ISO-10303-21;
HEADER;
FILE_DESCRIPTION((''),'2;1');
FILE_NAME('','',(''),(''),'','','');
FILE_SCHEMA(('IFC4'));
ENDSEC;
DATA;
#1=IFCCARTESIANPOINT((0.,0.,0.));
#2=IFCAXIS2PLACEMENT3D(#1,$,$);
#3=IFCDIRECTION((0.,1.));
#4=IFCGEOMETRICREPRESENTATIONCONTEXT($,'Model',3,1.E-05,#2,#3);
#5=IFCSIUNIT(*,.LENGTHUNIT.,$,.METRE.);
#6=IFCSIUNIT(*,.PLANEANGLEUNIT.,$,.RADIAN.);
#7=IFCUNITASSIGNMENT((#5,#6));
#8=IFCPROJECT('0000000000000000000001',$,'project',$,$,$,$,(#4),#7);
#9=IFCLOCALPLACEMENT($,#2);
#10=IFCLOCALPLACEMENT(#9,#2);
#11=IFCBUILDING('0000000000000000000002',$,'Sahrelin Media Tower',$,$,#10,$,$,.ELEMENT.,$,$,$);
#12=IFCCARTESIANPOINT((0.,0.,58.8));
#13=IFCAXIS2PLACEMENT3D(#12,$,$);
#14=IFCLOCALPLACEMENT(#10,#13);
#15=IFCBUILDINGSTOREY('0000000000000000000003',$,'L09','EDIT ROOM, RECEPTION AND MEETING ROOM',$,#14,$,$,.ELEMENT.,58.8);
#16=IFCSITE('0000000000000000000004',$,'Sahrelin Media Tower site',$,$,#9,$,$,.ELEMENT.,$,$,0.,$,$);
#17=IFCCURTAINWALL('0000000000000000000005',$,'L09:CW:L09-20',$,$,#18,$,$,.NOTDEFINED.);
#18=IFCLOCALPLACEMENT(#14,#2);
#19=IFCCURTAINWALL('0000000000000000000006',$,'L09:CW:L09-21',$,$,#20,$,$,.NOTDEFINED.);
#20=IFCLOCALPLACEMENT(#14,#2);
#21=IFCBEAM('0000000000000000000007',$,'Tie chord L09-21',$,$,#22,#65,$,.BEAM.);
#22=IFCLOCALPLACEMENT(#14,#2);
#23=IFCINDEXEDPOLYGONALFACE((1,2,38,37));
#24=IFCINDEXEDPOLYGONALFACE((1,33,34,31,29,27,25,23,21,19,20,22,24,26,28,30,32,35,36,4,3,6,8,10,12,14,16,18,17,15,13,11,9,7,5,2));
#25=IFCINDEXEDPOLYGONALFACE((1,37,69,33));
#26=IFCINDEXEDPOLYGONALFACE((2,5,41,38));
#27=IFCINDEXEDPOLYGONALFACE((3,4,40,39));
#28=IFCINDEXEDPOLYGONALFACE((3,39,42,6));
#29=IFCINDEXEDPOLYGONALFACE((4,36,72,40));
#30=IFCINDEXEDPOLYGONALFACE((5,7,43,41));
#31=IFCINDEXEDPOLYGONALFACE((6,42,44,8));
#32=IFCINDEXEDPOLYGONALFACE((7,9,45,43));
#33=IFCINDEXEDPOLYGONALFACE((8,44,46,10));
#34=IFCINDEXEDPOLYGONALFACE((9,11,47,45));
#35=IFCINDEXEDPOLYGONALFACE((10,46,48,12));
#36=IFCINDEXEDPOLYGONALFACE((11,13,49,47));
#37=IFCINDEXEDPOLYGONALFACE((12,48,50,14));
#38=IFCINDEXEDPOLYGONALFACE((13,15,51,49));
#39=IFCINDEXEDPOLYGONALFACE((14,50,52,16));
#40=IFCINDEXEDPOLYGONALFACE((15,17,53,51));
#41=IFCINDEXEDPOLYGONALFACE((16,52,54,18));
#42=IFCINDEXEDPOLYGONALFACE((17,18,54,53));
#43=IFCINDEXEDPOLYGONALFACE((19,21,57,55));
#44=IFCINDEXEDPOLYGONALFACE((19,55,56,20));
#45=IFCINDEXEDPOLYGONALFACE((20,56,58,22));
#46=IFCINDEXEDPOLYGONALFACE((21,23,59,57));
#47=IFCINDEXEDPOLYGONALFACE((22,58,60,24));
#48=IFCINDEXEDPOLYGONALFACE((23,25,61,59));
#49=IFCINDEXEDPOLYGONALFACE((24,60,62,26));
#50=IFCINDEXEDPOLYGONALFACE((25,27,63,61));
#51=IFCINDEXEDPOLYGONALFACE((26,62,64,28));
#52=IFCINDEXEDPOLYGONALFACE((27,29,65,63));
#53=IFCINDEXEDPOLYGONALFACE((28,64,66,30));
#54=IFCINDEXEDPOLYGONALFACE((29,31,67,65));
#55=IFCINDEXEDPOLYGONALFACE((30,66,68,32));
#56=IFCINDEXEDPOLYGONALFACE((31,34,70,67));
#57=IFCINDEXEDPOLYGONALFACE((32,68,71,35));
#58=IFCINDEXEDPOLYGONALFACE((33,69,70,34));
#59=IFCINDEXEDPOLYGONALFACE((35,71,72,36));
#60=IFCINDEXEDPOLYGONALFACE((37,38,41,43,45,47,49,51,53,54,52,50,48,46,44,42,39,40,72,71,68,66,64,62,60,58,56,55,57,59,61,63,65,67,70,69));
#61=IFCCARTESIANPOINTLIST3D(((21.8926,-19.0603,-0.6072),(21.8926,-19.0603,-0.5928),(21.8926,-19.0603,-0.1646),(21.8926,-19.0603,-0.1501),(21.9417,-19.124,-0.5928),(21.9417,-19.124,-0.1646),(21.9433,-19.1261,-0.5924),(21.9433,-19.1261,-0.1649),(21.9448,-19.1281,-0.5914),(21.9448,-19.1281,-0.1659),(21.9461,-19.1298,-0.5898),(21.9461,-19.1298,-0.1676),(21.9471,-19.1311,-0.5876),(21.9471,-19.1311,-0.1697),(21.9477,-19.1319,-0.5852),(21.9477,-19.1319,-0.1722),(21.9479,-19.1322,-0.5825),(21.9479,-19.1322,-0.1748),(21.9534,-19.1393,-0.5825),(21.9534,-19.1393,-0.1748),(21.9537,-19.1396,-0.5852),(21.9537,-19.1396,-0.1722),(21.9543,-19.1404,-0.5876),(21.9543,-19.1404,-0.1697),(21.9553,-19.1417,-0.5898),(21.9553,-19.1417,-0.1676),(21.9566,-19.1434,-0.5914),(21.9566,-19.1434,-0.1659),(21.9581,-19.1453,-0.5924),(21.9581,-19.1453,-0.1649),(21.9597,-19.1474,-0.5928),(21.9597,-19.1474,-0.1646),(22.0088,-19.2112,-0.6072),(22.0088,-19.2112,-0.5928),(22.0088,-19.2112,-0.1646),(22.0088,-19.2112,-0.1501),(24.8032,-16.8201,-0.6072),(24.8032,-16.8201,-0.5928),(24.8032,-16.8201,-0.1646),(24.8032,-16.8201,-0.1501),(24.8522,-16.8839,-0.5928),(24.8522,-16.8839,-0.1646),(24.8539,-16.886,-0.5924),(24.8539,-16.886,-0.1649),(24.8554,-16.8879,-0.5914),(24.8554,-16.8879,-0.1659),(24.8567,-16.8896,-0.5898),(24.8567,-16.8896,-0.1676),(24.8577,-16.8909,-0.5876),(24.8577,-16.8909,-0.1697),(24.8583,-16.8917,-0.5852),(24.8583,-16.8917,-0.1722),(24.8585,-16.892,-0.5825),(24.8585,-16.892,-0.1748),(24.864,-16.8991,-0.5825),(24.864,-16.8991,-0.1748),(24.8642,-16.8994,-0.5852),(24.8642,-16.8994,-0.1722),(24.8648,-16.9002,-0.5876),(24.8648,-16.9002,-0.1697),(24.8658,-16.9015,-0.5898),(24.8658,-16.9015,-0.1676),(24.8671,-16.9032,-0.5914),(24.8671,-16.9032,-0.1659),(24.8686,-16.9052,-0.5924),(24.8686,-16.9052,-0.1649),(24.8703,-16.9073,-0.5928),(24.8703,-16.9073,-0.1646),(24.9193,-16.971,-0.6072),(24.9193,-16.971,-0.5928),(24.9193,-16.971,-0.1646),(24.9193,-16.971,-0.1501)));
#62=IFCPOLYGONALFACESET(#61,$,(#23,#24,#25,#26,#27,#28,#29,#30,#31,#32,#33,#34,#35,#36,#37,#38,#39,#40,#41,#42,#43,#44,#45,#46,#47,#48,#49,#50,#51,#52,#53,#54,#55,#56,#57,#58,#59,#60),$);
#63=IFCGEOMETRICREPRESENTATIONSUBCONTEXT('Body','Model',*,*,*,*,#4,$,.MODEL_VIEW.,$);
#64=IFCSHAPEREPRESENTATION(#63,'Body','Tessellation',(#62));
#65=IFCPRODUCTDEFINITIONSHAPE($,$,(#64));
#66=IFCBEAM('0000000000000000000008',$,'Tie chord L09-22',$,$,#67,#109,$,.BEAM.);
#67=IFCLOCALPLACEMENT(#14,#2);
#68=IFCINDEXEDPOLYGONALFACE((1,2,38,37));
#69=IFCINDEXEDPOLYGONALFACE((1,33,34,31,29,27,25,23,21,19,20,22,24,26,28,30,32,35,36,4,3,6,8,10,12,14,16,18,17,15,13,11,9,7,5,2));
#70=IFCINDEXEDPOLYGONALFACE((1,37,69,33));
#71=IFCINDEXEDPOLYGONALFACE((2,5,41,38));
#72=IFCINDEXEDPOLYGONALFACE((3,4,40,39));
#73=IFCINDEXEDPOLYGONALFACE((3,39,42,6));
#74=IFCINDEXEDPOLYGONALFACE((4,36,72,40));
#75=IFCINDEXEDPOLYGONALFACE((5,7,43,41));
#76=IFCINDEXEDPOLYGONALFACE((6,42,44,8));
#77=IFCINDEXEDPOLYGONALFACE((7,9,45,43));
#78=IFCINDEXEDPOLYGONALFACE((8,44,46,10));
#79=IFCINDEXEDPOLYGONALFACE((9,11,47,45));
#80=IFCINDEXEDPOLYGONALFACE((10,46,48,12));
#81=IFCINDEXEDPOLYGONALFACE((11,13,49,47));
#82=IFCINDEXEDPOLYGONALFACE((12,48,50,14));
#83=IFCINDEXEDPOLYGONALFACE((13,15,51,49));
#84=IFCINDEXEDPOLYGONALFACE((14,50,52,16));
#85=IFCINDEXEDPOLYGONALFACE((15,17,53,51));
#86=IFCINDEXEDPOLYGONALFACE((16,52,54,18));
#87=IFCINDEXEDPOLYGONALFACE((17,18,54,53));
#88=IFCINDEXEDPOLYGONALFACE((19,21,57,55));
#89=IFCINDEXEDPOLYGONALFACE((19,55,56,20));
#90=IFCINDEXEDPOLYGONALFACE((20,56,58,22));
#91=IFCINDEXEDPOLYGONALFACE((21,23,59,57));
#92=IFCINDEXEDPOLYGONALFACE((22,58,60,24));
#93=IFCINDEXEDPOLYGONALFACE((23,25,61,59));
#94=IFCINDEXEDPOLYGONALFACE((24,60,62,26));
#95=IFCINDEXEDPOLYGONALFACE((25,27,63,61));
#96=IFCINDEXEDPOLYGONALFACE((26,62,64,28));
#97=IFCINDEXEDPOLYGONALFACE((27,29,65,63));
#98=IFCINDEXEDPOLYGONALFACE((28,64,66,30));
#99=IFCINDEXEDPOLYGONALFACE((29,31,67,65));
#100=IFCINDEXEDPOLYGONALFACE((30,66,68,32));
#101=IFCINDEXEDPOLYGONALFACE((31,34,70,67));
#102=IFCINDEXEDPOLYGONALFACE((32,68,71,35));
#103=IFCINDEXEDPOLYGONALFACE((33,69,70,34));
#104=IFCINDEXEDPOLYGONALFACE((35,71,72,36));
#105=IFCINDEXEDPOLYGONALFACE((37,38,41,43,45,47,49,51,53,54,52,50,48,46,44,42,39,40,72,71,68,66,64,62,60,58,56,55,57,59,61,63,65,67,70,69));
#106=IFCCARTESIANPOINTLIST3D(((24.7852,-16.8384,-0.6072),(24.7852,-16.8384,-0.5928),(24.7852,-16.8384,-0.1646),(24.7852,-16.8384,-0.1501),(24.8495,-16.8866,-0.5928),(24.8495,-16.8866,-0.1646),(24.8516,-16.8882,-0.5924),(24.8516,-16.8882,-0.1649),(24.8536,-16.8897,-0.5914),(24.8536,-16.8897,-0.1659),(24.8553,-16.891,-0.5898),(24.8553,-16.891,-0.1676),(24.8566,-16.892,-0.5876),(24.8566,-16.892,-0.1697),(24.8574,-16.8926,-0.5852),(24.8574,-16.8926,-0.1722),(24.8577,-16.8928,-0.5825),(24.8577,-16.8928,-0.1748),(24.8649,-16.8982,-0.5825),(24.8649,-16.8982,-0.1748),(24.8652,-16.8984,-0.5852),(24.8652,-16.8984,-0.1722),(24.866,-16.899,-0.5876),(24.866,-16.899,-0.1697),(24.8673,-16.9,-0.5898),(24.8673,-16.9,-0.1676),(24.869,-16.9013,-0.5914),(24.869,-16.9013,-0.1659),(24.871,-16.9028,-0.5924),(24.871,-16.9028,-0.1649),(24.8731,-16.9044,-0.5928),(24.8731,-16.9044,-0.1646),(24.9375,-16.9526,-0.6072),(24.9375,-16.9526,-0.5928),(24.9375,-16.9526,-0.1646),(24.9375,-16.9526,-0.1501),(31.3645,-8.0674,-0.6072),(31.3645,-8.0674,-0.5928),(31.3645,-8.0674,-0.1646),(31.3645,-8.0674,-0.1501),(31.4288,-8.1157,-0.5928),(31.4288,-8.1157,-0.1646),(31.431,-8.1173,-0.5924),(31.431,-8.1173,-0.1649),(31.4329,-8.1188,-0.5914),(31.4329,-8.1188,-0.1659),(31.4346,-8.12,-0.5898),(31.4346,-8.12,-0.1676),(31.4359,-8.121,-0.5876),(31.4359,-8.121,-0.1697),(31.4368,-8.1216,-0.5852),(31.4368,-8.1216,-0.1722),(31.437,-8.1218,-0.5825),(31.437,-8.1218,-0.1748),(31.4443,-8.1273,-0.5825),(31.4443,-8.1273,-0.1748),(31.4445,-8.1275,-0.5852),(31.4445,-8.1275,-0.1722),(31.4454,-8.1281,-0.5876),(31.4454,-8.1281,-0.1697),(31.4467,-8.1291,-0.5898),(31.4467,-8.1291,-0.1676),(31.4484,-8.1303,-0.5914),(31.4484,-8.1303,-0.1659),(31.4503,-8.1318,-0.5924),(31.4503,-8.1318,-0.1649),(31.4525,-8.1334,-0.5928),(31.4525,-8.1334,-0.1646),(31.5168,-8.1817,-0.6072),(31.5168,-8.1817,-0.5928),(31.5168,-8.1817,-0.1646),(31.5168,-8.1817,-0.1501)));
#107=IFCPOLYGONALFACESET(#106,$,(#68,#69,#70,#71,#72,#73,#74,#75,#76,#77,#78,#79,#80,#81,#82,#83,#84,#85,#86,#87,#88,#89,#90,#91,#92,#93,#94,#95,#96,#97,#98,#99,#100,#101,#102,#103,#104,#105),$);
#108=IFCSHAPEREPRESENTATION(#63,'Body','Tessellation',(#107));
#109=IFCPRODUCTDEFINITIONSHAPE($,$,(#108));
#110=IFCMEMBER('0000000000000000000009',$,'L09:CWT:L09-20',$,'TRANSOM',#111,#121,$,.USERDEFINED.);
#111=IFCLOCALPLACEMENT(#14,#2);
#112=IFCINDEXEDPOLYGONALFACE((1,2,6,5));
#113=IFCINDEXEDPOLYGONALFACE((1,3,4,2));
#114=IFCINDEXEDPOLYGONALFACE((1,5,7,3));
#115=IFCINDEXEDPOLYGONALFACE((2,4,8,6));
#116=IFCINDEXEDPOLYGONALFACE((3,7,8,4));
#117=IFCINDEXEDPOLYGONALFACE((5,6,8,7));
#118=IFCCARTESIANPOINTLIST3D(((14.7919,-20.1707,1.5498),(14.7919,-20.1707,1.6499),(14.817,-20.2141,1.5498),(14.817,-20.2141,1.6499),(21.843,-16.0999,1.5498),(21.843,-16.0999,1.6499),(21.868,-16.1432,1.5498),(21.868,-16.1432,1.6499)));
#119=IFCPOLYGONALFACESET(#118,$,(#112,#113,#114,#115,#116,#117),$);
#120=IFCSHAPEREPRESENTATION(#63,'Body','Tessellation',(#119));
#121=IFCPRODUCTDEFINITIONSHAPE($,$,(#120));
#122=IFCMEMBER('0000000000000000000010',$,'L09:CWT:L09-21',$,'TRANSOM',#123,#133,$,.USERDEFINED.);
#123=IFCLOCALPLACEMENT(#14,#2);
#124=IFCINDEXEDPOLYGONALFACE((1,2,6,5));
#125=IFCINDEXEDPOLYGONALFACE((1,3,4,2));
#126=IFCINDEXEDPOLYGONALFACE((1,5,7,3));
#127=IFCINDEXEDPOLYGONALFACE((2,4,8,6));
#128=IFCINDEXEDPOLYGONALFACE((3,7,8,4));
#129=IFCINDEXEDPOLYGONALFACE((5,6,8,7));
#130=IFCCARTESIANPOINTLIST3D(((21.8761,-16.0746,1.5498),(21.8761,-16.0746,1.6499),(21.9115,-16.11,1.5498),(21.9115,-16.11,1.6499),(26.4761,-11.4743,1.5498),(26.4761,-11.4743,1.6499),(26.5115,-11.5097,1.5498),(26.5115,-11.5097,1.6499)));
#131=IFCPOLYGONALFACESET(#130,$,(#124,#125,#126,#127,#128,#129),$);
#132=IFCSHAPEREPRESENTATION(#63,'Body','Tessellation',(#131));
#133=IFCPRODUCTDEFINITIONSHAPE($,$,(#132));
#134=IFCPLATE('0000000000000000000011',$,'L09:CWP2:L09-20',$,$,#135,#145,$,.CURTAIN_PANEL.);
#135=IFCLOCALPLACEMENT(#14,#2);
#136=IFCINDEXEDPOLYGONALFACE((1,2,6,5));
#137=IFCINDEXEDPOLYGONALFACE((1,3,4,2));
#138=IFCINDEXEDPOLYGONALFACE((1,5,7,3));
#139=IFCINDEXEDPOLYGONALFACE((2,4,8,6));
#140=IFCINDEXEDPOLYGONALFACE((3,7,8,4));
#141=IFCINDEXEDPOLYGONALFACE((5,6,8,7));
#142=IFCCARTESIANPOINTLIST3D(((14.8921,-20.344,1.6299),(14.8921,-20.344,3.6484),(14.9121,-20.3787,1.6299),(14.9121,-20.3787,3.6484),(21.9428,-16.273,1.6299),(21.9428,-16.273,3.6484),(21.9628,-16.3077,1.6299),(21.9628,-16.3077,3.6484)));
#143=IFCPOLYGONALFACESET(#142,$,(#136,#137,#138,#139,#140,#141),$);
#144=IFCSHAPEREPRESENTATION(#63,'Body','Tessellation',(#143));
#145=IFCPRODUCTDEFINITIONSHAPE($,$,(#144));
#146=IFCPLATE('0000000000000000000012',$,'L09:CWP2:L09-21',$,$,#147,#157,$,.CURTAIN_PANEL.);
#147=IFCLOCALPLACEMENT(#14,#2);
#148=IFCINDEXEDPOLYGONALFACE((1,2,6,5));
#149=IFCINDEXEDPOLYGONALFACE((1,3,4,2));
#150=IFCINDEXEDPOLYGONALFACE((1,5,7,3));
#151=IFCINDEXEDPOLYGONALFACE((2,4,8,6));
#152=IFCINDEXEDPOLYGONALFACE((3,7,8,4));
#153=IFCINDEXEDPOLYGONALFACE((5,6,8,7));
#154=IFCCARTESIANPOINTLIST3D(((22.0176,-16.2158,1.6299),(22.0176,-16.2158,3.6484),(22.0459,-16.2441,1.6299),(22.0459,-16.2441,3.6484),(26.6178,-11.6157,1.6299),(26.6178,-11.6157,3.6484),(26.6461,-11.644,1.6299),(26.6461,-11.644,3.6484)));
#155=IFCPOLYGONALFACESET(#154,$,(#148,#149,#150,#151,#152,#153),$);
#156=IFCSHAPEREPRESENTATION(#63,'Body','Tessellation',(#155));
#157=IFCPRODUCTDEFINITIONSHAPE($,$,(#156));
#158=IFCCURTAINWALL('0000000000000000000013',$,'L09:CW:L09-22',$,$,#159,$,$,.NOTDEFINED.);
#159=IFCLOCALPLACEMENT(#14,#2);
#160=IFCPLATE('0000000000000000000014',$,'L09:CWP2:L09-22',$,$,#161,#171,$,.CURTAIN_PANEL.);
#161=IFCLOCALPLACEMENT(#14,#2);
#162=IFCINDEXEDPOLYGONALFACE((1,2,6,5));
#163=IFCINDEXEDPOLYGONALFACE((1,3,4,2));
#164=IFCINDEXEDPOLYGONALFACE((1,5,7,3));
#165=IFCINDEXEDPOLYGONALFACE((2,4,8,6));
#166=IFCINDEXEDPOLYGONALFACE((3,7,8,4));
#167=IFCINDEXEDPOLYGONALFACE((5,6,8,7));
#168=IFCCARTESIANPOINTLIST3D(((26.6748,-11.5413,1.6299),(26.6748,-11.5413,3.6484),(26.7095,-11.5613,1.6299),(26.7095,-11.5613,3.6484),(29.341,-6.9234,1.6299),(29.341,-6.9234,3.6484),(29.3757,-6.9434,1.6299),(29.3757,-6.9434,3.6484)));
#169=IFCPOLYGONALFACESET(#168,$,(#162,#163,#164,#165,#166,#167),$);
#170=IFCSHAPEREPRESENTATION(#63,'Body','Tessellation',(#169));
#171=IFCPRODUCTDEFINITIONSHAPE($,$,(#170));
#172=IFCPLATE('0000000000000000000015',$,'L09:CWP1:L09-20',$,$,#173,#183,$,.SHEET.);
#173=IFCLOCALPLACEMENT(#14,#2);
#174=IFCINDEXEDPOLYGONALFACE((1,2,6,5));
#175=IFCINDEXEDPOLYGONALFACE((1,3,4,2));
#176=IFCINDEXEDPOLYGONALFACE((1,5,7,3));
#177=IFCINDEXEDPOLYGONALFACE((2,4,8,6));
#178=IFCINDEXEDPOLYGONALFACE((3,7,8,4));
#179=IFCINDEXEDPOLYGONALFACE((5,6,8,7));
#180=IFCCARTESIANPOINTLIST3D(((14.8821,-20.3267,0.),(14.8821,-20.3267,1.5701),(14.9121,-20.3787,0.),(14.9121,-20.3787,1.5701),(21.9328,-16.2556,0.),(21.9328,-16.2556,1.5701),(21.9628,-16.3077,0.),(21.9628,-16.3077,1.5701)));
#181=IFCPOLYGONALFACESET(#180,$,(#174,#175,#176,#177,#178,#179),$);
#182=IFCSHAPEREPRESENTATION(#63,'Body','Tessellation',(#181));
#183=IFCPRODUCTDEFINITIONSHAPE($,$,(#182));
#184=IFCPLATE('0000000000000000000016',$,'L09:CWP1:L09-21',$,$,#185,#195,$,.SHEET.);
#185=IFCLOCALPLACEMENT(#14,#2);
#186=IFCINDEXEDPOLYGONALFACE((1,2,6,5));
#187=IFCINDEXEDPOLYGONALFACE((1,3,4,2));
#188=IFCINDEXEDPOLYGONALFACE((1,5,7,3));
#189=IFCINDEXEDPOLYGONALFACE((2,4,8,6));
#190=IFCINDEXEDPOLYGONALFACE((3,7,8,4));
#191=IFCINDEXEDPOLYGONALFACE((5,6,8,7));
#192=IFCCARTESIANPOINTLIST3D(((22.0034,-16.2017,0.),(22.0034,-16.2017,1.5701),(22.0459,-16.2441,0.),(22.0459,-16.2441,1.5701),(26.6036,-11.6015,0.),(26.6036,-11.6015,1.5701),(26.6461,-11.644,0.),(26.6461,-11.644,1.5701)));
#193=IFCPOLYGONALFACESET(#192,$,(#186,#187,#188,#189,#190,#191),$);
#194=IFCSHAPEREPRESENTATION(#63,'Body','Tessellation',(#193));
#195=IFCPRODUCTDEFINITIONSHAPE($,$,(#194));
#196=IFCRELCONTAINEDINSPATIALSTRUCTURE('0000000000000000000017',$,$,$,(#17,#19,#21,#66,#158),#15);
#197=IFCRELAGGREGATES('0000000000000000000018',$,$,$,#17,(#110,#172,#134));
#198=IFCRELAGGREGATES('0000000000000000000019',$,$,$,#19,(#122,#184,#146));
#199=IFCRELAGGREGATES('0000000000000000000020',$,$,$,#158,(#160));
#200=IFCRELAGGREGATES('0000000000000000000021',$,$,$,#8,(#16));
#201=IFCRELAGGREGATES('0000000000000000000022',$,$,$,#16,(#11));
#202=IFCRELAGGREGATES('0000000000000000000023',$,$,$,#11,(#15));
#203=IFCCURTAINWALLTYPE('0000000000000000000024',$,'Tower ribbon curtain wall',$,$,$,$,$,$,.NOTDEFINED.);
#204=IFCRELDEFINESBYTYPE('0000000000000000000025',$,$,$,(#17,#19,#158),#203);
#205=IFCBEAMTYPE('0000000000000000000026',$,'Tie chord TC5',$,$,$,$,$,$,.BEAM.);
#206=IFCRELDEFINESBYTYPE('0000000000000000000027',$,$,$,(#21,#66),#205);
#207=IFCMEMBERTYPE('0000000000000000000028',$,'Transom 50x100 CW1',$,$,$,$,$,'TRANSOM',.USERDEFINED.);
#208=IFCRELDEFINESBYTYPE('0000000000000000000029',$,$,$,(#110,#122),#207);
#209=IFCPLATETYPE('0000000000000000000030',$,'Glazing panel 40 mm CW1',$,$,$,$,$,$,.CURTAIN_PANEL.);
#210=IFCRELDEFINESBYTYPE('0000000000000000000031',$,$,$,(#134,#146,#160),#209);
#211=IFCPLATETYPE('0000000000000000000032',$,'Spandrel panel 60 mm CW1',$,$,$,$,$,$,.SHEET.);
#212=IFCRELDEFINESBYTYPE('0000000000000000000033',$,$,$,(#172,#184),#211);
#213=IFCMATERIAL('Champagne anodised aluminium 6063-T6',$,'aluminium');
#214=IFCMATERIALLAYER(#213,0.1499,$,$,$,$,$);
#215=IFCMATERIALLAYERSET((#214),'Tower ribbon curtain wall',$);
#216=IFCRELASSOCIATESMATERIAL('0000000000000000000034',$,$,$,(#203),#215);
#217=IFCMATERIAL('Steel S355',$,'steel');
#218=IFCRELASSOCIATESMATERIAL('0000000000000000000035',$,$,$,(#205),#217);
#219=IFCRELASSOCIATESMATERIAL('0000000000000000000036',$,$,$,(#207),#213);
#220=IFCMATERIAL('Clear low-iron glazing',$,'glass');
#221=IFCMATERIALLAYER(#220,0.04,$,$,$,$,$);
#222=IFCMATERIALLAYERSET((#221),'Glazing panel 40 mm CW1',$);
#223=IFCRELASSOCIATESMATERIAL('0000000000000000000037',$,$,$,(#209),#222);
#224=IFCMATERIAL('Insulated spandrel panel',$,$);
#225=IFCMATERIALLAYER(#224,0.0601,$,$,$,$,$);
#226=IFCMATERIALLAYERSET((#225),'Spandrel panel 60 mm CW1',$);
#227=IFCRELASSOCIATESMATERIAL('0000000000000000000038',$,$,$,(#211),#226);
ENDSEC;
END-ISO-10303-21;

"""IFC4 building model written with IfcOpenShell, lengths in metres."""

from ifc_helpers import new_model, si_unit, direction, frame, origin, origin_2d, place, context, subcontext, project, spatial, polyline, rectangle, i_section, outline, extrude, material, layer, layer_set, material_profile, profile_set, type_object, element, aggregate, save


model = new_model("IFC4")

# Units and contexts
model_context = context("Model", 3, precision=1e-05, world=origin(), true_north=direction((0.0, 1.0)))
body_context = subcontext(model_context, "Body", "Model", "MODEL_VIEW")
ifc_project = project(units=[si_unit("LENGTHUNIT", "METRE"), si_unit("PLANEANGLEUNIT", "RADIAN")], contexts=[model_context])

# Site, building, storey
site_placement = place(None, origin())
site = spatial("IfcSite", under=ifc_project, at=site_placement, Name="Sahrelin Media Tower site", CompositionType="ELEMENT", RefElevation=0.0)
building_placement = place(site_placement, origin())
building = spatial("IfcBuilding", under=site, at=building_placement, Name="Sahrelin Media Tower", CompositionType="ELEMENT")
storey_placement = place(building_placement, frame((0.0, 0.0, 58.8)))
storey = spatial("IfcBuildingStorey", under=building, at=storey_placement, Name="L09", Description="EDIT ROOM, RECEPTION AND MEETING ROOM", CompositionType="ELEMENT", Elevation=58.8)

# Shared definitions
ifc_material_1 = material(Name="Steel S355", Category="steel")

# Curtain walls
ifc_material_2 = material(Name="Champagne anodised aluminium 6063-T6", Category="aluminium")
ifc_layer_1 = layer(ifc_material_2, 0.1499)
ifc_layer_set_1 = layer_set([ifc_layer_1], Name="Tower ribbon curtain wall")
curtain_wall_type = type_object("IfcCurtainWallType", Name="Tower ribbon curtain wall", PredefinedType="NOTDEFINED", material=ifc_layer_set_1)
curtain_wall_1_placement = place(storey_placement, frame((18.4275, -18.3257, 0.0), z_axis=(0.0, 0.0, 1.0), x_axis=(1.0, 0.0, 0.0)))
curtain_wall_1 = element("IfcCurtainWall", 1, at=curtain_wall_1_placement, inside=storey, type_object=curtain_wall_type, Name="L09:CW:L09-20", PredefinedType="NOTDEFINED")
curtain_wall_2_placement = place(storey_placement, frame((24.3318, -13.9299, 0.0), z_axis=(0.0, 0.0, 1.0), x_axis=(1.0, 0.0, 0.0)))
curtain_wall_2 = element("IfcCurtainWall", 2, at=curtain_wall_2_placement, inside=storey, type_object=curtain_wall_type, Name="L09:CW:L09-21", PredefinedType="NOTDEFINED")

# Beams
ifc_material_profile_1 = material_profile(ifc_material_1, i_section(OverallWidth=0.1904, OverallDepth=0.457, WebThickness=0.009, FlangeThickness=0.0144, FilletRadius=0.0103, at=origin_2d()), Name="UB 457x191x74")
ifc_profile_set_1 = profile_set([ifc_material_profile_1], Name="Steel S355")
beam_type_1 = type_object("IfcBeamType", Name="Tie chord TC5", PredefinedType="BEAM", material=ifc_profile_set_1)
beam_1_placement = place(storey_placement, frame((21.9507, -19.1357, -0.3787), z_axis=(0.792456, 0.609929, 0.0), x_axis=(-0.609929, 0.792456, 0.0)))
element("IfcBeam", 3, at=beam_1_placement, inside=storey, type_object=beam_type_1, Name="Tie chord L09-21", PredefinedType="BEAM", context=body_context, shape_type="SweptSolid", body=[
    extrude(i_section(OverallWidth=0.1904, OverallDepth=0.457, WebThickness=0.009, FlangeThickness=0.0144, FilletRadius=0.0103, at=origin_2d()), origin(), (0.0, 0.0, 1.0), 3.6729),
])
beam_2_placement = place(storey_placement, frame((24.8613, -16.8955, -0.3787), z_axis=(0.600064, 0.799952, 0.0), x_axis=(-0.799952, 0.600064, 0.0)))
element("IfcBeam", 4, at=beam_2_placement, inside=storey, type_object=beam_type_1, Name="Tie chord L09-22", PredefinedType="BEAM", context=body_context, shape_type="SweptSolid", body=[
    extrude(i_section(OverallWidth=0.1904, OverallDepth=0.457, WebThickness=0.009, FlangeThickness=0.0144, FilletRadius=0.0103, at=origin_2d()), origin(), (0.0, 0.0, 1.0), 10.9644),
])

# Members
ifc_material_profile_2 = material_profile(ifc_material_2, rectangle(XDim=0.05, YDim=0.1001, at=origin_2d()), Name="Transom 50x100")
ifc_profile_set_2 = profile_set([ifc_material_profile_2], Name="Champagne anodised aluminium 6063-T6")
member_type_1 = type_object("IfcMemberType", Name="Transom 50x100 CW1", ElementType="TRANSOM", PredefinedType="USERDEFINED", material=ifc_profile_set_2)
member_1_placement = place(storey_placement, frame((14.8044, -20.1924, 1.5999), z_axis=(0.866031, 0.49999, 0.0), x_axis=(-0.49999, 0.866031, 0.0)))
member_1 = element("IfcMember", 5, at=member_1_placement, type_object=member_type_1, Name="L09:CWT:L09-20", ObjectType="TRANSOM", PredefinedType="USERDEFINED", context=body_context, shape_type="SweptSolid", body=[
    extrude(rectangle(XDim=0.05, YDim=0.1001, at=origin_2d()), origin(), (0.0, 0.0, 1.0), 8.1418),
])
member_2_placement = place(storey_placement, frame((21.8938, -16.0923, 1.5999), z_axis=(0.707088, 0.707126, 0.0), x_axis=(-0.707126, 0.707088, 0.0)))
member_2 = element("IfcMember", 6, at=member_2_placement, type_object=member_type_1, Name="L09:CWT:L09-21", ObjectType="TRANSOM", PredefinedType="USERDEFINED", context=body_context, shape_type="SweptSolid", body=[
    extrude(rectangle(XDim=0.05, YDim=0.1001, at=origin_2d()), origin(), (0.0, 0.0, 1.0), 6.5056),
])

# Plates
ifc_material_3 = material(Name="Clear low-iron glazing", Category="glass")
ifc_layer_2 = layer(ifc_material_3, 0.04)
ifc_layer_set_2 = layer_set([ifc_layer_2], Name="Glazing panel 40 mm CW1")
plate_type_1 = type_object("IfcPlateType", Name="Glazing panel 40 mm CW1", PredefinedType="CURTAIN_PANEL", material=ifc_layer_set_2)
plate_1_placement = place(storey_placement, frame((14.9121, -20.3787, 1.6299), z_axis=(0.500025, -0.866011, 0.0), x_axis=(0.866011, 0.500025, 0.0)))
plate_1 = element("IfcPlate", 7, at=plate_1_placement, type_object=plate_type_1, Name="L09:CWP2:L09-20", PredefinedType="CURTAIN_PANEL", context=body_context, shape_type="SweptSolid", body=[
    extrude(outline(polyline([(0.0, 0.0), (8.1416, 0.0), (8.1416, 2.0186), (0.0, 2.0186), (0.0, 0.0)])), origin(), (0.0, 0.0, -1.0), 0.04),
])
plate_2_placement = place(storey_placement, frame((22.0459, -16.2441, 1.6299), z_axis=(0.707107, -0.707107, 0.0), x_axis=(0.707107, 0.707107, 0.0)))
plate_2 = element("IfcPlate", 8, at=plate_2_placement, type_object=plate_type_1, Name="L09:CWP2:L09-21", PredefinedType="CURTAIN_PANEL", context=body_context, shape_type="SweptSolid", body=[
    extrude(outline(polyline([(0.0, 0.0), (6.5056, 0.0), (6.5056, 2.0186), (0.0, 2.0186), (0.0, 0.0)])), origin(), (0.0, 0.0, -1.0), 0.04),
])

# Curtain wall, plate
curtain_wall_3_placement = place(storey_placement, frame((28.0254, -9.2422, 0.0), z_axis=(0.0, 0.0, 1.0), x_axis=(1.0, 0.0, 0.0)))
curtain_wall_3 = element("IfcCurtainWall", 9, at=curtain_wall_3_placement, inside=storey, type_object=curtain_wall_type, Name="L09:CW:L09-22", PredefinedType="NOTDEFINED")
plate_3_placement = place(storey_placement, frame((26.7095, -11.5613, 1.6299), z_axis=(0.866017, -0.500014, 0.0), x_axis=(0.500014, 0.866017, 0.0)))
plate_3 = element("IfcPlate", 10, at=plate_3_placement, type_object=plate_type_1, Name="L09:CWP2:L09-22", PredefinedType="CURTAIN_PANEL", context=body_context, shape_type="SweptSolid", body=[
    extrude(outline(polyline([(0.0, 0.0), (5.3323, 0.0), (5.3323, 2.0186), (0.0, 2.0186), (0.0, 0.0)])), origin(), (0.0, 0.0, -1.0), 0.04),
])

# Plates
ifc_material_4 = material(Name="Insulated spandrel panel")
ifc_layer_3 = layer(ifc_material_4, 0.0601)
ifc_layer_set_3 = layer_set([ifc_layer_3], Name="Spandrel panel 60 mm CW1")
plate_type_2 = type_object("IfcPlateType", Name="Spandrel panel 60 mm CW1", PredefinedType="SHEET", material=ifc_layer_set_3)
plate_4_placement = place(storey_placement, frame((14.9121, -20.3787, 0.0), z_axis=(0.500025, -0.866011, 0.0), x_axis=(0.866011, 0.500025, 0.0)))
plate_4 = element("IfcPlate", 11, at=plate_4_placement, type_object=plate_type_2, Name="L09:CWP1:L09-20", PredefinedType="SHEET", context=body_context, shape_type="SweptSolid", body=[
    extrude(outline(polyline([(0.0, 0.0), (8.1416, 0.0), (8.1416, 1.5701), (0.0, 1.5701), (0.0, 0.0)])), origin(), (0.0, 0.0, -1.0), 0.0601),
])
aggregate(curtain_wall_1, [member_1, plate_4, plate_1])
plate_5_placement = place(storey_placement, frame((22.0459, -16.2441, 0.0), z_axis=(0.707107, -0.707107, 0.0), x_axis=(0.707107, 0.707107, 0.0)))
plate_5 = element("IfcPlate", 12, at=plate_5_placement, type_object=plate_type_2, Name="L09:CWP1:L09-21", PredefinedType="SHEET", context=body_context, shape_type="SweptSolid", body=[
    extrude(outline(polyline([(0.0, 0.0), (6.5056, 0.0), (6.5056, 1.5701), (0.0, 1.5701), (0.0, 0.0)])), origin(), (0.0, 0.0, -1.0), 0.0601),
])
aggregate(curtain_wall_2, [member_2, plate_5, plate_2])
aggregate(curtain_wall_3, [plate_3])

save(model, "model.ifc")
